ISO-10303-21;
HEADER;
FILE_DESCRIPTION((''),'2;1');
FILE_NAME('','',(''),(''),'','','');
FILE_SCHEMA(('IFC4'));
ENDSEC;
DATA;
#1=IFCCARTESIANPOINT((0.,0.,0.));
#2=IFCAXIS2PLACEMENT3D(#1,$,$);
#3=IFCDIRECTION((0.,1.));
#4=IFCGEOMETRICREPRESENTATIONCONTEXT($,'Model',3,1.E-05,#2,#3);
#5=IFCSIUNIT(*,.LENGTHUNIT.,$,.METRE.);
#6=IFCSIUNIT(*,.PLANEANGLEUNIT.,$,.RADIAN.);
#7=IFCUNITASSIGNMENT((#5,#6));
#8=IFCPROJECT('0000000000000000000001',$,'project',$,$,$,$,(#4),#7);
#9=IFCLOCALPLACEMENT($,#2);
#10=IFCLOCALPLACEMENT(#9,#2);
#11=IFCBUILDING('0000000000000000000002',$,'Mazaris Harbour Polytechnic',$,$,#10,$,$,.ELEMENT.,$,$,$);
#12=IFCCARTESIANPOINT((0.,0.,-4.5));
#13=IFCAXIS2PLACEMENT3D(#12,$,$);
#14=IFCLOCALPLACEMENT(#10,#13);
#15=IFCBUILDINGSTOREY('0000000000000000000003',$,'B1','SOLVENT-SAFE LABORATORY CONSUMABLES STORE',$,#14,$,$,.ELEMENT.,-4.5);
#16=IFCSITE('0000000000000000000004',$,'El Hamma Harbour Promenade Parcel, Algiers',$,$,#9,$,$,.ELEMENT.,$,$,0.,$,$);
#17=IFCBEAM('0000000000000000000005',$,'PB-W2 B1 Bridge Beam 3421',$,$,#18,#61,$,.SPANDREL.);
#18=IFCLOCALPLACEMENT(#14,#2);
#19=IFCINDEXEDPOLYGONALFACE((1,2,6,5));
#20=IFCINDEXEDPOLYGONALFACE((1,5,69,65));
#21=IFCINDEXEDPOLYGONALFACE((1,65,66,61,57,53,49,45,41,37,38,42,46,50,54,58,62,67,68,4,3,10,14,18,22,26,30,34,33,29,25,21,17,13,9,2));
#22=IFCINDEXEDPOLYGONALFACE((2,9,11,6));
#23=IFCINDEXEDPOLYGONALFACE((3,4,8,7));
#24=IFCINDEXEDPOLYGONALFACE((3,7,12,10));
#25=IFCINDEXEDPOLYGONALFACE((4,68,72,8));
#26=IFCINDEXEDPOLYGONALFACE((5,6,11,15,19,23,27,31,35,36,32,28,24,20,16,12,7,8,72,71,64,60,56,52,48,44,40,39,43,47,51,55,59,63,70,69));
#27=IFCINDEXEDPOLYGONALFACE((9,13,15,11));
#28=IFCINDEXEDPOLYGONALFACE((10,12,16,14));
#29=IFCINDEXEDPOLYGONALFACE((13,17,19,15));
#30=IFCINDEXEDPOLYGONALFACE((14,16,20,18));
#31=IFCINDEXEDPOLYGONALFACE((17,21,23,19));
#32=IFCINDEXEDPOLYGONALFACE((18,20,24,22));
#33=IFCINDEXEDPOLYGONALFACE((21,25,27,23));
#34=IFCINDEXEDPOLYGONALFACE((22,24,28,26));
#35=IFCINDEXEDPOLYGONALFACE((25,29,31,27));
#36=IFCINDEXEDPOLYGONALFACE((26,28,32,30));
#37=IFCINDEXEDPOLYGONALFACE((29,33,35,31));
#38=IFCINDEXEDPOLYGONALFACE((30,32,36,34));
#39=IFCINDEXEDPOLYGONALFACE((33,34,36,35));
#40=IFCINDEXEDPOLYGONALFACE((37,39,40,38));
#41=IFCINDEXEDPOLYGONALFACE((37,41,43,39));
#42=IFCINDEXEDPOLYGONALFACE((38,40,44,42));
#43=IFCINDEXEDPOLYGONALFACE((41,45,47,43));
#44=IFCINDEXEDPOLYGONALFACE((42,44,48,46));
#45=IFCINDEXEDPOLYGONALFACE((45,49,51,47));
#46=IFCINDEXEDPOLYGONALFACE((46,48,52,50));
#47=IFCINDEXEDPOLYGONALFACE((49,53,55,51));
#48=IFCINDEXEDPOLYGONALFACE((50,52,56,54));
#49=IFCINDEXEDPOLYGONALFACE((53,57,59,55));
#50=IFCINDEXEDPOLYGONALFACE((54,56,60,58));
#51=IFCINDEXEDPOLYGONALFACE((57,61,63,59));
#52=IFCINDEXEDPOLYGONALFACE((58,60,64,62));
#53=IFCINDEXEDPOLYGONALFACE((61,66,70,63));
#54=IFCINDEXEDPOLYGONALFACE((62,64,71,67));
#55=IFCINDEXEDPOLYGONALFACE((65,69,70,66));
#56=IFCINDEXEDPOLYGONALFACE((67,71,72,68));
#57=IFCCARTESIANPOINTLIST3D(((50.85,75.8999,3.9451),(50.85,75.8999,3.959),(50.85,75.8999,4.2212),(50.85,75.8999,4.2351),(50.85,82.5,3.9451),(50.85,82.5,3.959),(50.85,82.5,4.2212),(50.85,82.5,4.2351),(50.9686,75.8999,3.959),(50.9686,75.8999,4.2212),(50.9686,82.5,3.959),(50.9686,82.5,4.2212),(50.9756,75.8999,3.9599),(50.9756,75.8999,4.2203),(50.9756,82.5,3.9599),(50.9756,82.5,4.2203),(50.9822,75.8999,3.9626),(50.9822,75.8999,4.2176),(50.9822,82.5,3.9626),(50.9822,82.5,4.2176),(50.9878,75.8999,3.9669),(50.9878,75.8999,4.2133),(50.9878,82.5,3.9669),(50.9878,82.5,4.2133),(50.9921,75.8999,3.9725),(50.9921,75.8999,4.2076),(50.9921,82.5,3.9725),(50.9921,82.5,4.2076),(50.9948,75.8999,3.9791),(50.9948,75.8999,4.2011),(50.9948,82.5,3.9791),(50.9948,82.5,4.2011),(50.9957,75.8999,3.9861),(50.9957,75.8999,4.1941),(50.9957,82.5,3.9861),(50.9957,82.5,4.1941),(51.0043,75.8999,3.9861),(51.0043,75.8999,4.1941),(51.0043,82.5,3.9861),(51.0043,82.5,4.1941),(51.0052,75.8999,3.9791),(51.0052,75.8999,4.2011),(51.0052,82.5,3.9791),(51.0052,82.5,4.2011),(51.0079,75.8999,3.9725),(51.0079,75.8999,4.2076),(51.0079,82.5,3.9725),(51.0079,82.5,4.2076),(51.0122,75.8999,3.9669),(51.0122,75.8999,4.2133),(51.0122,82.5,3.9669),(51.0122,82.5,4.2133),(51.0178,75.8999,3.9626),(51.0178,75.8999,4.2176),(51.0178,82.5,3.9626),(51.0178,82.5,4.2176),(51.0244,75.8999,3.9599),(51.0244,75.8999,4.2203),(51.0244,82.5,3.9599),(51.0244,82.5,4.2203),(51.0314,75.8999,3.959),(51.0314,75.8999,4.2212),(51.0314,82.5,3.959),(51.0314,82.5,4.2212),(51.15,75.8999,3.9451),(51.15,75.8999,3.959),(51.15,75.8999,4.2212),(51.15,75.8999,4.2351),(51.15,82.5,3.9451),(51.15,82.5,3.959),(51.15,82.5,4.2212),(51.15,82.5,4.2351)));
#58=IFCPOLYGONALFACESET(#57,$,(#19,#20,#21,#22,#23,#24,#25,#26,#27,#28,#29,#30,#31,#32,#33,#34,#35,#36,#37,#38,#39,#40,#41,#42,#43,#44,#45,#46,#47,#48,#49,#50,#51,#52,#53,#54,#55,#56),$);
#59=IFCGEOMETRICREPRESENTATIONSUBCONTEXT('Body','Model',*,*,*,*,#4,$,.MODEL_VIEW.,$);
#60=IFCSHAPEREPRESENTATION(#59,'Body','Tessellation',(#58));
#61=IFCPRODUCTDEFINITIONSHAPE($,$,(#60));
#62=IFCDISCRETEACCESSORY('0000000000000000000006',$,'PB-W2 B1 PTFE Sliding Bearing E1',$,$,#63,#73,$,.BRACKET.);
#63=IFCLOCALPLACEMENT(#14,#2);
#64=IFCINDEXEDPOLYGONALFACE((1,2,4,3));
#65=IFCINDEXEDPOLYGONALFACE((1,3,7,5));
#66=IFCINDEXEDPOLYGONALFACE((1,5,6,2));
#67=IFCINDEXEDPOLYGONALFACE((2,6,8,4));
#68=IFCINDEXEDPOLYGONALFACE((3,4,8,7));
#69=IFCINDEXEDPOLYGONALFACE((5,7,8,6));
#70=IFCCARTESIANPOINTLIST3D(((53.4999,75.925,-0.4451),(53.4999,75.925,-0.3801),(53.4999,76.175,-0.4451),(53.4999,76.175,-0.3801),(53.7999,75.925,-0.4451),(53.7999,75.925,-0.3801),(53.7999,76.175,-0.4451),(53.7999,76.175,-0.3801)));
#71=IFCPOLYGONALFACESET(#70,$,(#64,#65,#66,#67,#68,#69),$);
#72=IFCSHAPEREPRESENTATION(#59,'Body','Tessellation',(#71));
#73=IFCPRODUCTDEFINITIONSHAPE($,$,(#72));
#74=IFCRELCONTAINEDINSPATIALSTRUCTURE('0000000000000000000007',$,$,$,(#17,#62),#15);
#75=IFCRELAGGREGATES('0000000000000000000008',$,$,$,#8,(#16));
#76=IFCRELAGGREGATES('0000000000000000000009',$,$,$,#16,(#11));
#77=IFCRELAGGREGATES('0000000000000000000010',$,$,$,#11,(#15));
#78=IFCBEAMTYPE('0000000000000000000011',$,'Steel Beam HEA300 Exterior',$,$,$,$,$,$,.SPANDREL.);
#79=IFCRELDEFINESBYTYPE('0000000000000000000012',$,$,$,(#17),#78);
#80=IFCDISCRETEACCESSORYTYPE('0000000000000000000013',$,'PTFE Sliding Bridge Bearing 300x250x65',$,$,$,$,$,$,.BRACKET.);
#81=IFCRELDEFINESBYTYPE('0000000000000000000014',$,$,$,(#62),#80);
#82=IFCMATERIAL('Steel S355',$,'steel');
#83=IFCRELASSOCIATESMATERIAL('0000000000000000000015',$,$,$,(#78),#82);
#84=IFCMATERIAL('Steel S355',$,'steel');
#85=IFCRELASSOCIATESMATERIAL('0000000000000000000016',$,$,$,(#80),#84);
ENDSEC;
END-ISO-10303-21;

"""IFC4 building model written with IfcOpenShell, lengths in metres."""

from ifc_helpers import new_model, si_unit, direction, frame, origin, origin_2d, place, context, subcontext, project, spatial, rectangle, i_section, extrude, material, material_profile, profile_set, type_object, element, save


model = new_model("IFC4")

# Units and contexts
model_context = context("Model", 3, precision=1e-05, world=origin(), true_north=direction((0.0, 1.0)))
body_context = subcontext(model_context, "Body", "Model", "MODEL_VIEW")
ifc_project = project(units=[si_unit("LENGTHUNIT", "METRE"), si_unit("PLANEANGLEUNIT", "RADIAN")], contexts=[model_context])

# Site, building, storey
site_placement = place(None, origin())
site = spatial("IfcSite", under=ifc_project, at=site_placement, Name="El Hamma Harbour Promenade Parcel, Algiers", CompositionType="ELEMENT", RefElevation=0.0)
building_placement = place(site_placement, origin())
building = spatial("IfcBuilding", under=site, at=building_placement, Name="Mazaris Harbour Polytechnic", CompositionType="ELEMENT")
storey_placement = place(building_placement, frame((0.0, 0.0, -4.5)))
storey = spatial("IfcBuildingStorey", under=building, at=storey_placement, Name="B1", Description="SOLVENT-SAFE LABORATORY CONSUMABLES STORE", CompositionType="ELEMENT", Elevation=-4.5)

# Beam
ifc_material_1 = material(Name="Steel S355", Category="steel")
ifc_material_profile_1 = material_profile(ifc_material_1, i_section(OverallWidth=0.3, OverallDepth=0.29, WebThickness=0.0085, FlangeThickness=0.0139, FilletRadius=0.0271, at=origin_2d()), Name="HEA 300")
ifc_profile_set_1 = profile_set([ifc_material_profile_1], Name="Steel S355")
beam_type_1 = type_object("IfcBeamType", Name="Steel Beam HEA300 Exterior", PredefinedType="SPANDREL", material=ifc_profile_set_1)
for number, where, z_axis, x_axis, name in (
    (1, (51.0, 75.8999, 4.0901), (0.0, 1.0, 0.0), (-1.0, 0.0, 0.0), "PB-W2 B1 Bridge Beam 3421"),
):
    element("IfcBeam", number, at=place(storey_placement, frame(where, z_axis=z_axis, x_axis=x_axis)), inside=storey, type_object=beam_type_1, Name=name, PredefinedType="SPANDREL", context=body_context, shape_type="SweptSolid", body=[
        extrude(i_section(OverallWidth=0.3, OverallDepth=0.29, WebThickness=0.0085, FlangeThickness=0.0139, FilletRadius=0.0271, at=origin_2d()), origin(), (0.0, 0.0, 1.0), 6.6001),
    ])

# Discrete accessory
ifc_material_2 = material(Name="Steel S355", Category="steel")
discrete_accessory_type = type_object("IfcDiscreteAccessoryType", Name="PTFE Sliding Bridge Bearing 300x250x65", PredefinedType="BRACKET", material=ifc_material_2)
discrete_accessory_placement = place(storey_placement, frame((53.6499, 76.05, -0.4451), z_axis=(0.0, 0.0, 1.0), x_axis=(1.0, 0.0, 0.0)))
element("IfcDiscreteAccessory", 2, at=discrete_accessory_placement, inside=storey, type_object=discrete_accessory_type, Name="PB-W2 B1 PTFE Sliding Bearing E1", PredefinedType="BRACKET", context=body_context, shape_type="SweptSolid", body=[
    extrude(rectangle(XDim=0.3, YDim=0.25, at=origin_2d()), origin(), (0.0, 0.0, 1.0), 0.0649),
])

save(model, "model.ifc")
